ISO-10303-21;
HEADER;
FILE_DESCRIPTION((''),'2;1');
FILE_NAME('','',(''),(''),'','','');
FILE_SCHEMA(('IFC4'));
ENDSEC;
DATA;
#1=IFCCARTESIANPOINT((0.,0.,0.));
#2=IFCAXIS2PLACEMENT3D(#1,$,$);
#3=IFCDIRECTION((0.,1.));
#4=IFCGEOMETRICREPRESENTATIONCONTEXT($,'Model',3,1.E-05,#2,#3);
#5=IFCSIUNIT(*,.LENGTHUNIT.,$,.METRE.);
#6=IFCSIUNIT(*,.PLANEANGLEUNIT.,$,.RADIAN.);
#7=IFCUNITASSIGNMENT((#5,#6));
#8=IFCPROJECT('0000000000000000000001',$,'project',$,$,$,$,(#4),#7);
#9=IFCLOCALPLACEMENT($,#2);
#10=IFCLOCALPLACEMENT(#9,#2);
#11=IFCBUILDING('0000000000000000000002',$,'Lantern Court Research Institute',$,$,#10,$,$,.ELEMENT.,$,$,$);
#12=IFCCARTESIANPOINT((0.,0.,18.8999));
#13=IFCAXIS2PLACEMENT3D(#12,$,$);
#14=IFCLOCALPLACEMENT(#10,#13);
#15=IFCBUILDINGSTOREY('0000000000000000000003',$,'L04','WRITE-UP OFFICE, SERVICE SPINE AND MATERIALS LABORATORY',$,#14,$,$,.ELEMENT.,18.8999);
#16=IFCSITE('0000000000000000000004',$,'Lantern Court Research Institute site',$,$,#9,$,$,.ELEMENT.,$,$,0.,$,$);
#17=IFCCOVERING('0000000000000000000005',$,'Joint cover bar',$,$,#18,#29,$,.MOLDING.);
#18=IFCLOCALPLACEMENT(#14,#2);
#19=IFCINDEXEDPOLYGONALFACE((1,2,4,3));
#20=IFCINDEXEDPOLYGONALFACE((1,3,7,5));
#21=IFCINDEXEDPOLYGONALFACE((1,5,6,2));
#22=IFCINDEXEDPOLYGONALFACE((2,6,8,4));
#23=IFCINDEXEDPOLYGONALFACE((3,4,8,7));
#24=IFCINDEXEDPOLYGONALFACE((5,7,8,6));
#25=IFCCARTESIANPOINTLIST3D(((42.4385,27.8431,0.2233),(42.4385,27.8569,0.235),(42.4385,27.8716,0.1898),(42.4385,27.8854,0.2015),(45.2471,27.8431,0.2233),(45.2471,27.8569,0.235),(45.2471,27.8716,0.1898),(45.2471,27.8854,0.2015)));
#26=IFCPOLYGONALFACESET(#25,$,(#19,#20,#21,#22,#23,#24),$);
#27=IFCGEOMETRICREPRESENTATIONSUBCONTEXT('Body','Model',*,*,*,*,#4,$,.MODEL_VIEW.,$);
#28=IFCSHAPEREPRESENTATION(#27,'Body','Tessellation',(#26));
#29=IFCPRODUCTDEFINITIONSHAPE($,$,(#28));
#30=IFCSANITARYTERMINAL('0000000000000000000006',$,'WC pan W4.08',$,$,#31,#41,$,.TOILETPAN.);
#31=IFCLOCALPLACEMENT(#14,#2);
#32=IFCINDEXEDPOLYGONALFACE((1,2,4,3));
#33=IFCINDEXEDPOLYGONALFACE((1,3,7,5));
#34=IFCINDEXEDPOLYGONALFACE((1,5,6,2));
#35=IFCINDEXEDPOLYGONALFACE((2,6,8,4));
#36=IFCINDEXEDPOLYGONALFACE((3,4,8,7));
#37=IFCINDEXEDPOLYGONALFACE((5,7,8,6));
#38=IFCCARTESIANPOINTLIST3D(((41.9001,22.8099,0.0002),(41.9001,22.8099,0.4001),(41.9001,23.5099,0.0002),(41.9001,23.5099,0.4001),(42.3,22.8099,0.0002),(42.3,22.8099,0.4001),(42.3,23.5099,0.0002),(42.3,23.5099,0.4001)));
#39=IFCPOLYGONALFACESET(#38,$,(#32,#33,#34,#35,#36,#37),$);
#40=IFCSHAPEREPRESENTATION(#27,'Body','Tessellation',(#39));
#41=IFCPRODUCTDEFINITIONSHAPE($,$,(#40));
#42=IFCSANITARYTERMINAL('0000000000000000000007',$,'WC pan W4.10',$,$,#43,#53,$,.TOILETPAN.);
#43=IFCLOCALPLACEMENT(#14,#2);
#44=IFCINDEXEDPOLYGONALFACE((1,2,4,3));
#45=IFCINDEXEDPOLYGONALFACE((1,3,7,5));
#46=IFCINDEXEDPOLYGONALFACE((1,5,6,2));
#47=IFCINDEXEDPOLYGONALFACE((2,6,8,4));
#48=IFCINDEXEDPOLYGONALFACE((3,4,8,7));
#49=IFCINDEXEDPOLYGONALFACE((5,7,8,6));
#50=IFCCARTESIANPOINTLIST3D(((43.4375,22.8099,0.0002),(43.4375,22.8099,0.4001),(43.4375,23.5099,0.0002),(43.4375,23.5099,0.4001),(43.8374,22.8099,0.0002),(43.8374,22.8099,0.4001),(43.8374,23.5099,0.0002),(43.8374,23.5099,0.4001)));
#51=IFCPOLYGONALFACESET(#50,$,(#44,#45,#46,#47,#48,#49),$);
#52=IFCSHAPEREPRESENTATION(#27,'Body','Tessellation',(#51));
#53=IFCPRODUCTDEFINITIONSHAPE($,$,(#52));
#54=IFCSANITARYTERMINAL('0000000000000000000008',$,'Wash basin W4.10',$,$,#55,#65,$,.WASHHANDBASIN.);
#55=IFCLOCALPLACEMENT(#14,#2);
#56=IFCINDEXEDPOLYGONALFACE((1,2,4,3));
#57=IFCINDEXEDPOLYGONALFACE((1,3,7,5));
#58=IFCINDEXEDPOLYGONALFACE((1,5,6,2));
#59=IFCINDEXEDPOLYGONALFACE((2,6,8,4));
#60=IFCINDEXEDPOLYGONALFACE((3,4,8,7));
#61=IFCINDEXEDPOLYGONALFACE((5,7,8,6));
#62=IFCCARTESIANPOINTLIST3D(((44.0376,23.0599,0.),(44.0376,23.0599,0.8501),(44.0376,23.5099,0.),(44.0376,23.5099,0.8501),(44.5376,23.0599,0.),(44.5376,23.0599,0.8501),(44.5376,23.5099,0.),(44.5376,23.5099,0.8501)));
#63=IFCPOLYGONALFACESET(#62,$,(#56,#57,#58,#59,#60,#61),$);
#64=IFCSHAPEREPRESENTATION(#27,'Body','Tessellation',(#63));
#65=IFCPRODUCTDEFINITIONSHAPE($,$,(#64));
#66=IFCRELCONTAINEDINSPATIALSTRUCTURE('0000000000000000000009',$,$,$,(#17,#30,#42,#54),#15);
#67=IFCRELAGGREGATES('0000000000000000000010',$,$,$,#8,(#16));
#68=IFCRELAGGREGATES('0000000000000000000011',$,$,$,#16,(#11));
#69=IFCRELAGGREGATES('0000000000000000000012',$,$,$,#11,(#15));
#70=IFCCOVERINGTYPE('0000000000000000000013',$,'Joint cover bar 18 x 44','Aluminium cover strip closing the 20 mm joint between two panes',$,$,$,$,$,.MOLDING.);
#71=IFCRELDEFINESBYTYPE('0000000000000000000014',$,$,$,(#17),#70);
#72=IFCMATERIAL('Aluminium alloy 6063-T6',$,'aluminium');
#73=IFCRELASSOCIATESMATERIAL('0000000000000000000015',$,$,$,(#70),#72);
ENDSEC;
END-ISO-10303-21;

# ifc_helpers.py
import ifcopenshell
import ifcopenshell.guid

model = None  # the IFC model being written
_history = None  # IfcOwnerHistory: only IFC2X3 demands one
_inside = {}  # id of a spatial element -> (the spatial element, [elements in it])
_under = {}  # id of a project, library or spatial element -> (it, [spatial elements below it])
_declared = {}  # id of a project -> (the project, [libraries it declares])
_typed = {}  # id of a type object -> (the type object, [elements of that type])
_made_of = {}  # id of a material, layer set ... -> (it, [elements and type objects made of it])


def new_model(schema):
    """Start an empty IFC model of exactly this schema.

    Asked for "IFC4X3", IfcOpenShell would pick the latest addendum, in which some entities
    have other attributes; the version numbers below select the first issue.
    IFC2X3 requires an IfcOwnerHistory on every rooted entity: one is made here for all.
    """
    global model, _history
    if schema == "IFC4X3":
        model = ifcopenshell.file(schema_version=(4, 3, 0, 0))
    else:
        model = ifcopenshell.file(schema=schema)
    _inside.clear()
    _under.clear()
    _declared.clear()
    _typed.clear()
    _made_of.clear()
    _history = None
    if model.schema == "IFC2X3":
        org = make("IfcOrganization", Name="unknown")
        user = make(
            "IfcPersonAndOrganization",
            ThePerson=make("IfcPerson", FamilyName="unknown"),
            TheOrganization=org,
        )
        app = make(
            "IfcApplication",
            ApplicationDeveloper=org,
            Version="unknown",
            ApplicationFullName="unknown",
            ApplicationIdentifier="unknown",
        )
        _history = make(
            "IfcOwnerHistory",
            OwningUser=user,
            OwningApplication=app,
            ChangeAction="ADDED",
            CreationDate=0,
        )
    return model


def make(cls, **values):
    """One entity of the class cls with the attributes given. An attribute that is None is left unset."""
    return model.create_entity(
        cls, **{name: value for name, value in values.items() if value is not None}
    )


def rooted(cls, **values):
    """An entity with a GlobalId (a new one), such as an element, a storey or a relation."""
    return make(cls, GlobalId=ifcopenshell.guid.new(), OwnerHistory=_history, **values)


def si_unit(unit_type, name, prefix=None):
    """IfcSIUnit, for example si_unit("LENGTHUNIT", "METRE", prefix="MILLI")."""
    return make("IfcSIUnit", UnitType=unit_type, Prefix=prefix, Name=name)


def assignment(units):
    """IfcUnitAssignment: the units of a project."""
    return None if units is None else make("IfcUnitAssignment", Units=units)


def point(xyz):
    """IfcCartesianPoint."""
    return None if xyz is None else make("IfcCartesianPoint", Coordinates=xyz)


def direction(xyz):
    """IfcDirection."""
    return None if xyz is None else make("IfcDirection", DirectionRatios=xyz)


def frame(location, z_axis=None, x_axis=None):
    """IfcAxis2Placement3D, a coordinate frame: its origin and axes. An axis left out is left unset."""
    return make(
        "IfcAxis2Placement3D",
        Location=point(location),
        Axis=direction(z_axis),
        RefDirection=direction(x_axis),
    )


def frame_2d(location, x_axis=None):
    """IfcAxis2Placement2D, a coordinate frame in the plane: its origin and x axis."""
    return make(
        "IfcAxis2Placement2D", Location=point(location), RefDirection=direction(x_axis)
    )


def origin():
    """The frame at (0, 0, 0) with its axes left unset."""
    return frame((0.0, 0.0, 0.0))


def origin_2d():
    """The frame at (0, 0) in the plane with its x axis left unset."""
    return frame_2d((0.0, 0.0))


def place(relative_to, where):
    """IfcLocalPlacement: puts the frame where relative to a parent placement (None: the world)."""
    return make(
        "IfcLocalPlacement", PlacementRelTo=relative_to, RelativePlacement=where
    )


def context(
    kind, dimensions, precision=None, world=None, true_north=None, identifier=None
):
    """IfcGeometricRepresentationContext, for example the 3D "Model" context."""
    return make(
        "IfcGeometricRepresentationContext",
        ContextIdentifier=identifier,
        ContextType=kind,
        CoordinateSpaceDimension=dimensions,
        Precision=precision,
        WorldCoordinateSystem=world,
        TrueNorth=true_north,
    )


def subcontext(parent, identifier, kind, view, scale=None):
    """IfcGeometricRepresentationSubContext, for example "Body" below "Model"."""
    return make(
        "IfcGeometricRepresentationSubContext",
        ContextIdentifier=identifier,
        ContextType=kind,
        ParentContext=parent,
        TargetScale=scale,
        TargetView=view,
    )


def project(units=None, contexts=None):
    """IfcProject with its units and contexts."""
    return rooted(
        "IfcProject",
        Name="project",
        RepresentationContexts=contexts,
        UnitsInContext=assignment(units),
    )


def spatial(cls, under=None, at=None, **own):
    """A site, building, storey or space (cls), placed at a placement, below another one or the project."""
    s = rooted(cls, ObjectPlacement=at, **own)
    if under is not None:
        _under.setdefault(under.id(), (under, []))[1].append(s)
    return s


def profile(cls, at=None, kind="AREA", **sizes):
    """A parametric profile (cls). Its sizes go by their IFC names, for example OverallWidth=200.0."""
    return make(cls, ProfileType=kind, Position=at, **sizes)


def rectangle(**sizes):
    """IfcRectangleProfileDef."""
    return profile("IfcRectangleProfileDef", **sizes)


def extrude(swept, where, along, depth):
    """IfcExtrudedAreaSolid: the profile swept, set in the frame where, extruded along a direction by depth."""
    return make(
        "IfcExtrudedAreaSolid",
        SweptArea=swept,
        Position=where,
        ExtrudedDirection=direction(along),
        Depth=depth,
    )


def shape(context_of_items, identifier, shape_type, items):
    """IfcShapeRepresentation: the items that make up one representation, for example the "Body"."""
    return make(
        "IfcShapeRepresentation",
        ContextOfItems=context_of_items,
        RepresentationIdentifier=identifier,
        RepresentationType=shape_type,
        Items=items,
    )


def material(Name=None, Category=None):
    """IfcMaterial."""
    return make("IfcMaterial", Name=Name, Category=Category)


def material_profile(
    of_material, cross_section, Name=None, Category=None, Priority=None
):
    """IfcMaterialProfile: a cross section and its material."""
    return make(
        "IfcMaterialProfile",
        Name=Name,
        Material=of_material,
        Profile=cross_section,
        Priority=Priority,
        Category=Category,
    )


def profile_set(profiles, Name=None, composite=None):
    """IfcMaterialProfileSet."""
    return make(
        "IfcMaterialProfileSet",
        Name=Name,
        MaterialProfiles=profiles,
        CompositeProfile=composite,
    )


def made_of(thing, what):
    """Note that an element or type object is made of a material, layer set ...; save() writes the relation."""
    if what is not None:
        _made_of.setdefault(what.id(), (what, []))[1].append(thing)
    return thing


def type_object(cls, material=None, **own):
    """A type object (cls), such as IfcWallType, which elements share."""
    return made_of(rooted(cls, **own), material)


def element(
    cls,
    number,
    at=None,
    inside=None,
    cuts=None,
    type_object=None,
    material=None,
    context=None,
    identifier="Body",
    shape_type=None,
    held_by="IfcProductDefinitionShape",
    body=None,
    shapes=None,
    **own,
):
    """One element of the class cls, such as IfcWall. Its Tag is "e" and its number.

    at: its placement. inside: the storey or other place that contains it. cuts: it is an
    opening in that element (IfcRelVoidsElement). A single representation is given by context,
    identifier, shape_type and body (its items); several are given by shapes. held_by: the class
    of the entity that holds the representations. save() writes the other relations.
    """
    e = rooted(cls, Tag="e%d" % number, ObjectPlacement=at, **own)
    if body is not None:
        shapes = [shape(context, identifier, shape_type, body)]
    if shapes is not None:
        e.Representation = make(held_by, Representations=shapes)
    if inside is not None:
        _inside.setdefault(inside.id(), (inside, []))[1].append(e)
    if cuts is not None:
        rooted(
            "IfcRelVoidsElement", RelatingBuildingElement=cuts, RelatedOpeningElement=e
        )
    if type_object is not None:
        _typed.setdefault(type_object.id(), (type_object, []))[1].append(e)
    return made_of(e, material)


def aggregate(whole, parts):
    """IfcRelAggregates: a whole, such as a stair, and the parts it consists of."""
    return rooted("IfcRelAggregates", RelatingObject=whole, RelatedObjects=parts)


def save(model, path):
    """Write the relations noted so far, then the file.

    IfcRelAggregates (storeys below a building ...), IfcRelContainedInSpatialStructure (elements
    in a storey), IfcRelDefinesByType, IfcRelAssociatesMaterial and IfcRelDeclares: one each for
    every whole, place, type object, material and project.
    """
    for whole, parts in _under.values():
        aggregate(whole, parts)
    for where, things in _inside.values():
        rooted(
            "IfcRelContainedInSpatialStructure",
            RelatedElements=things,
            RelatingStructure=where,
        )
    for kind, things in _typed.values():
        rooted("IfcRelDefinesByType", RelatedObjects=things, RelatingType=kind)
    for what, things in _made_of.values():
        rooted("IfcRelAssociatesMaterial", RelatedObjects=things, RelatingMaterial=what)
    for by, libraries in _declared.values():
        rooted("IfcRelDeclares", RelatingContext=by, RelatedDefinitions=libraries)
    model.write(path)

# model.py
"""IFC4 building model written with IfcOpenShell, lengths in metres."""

from ifc_helpers import new_model, si_unit, direction, frame, origin, origin_2d, place, context, subcontext, project, spatial, rectangle, extrude, material, material_profile, profile_set, type_object, element, save


model = new_model("IFC4")

# Units and contexts
model_context = context("Model", 3, precision=1e-05, world=origin(), true_north=direction((0.0, 1.0)))
body_context = subcontext(model_context, "Body", "Model", "MODEL_VIEW")
ifc_project = project(units=[si_unit("LENGTHUNIT", "METRE"), si_unit("PLANEANGLEUNIT", "RADIAN")], contexts=[model_context])

# Site, building, storey
site_placement = place(None, origin())
site = spatial("IfcSite", under=ifc_project, at=site_placement, Name="Lantern Court Research Institute site", CompositionType="ELEMENT", RefElevation=0.0)
building_placement = place(site_placement, origin())
building = spatial("IfcBuilding", under=site, at=building_placement, Name="Lantern Court Research Institute", CompositionType="ELEMENT")
storey_placement = place(building_placement, frame((0.0, 0.0, 18.8999)))
storey = spatial("IfcBuildingStorey", under=building, at=storey_placement, Name="L04", Description="WRITE-UP OFFICE, SERVICE SPINE AND MATERIALS LABORATORY", CompositionType="ELEMENT", Elevation=18.8999)

# Covering
ifc_material_1 = material(Name="Aluminium alloy 6063-T6", Category="aluminium")
ifc_material_profile_1 = material_profile(ifc_material_1, rectangle(XDim=0.0181, YDim=0.0439, at=origin_2d()), Name="Joint cover bar 18 x 44")
ifc_profile_set_1 = profile_set([ifc_material_profile_1], Name="Aluminium alloy 6063-T6")
covering_type_1 = type_object("IfcCoveringType", Name="Joint cover bar 18 x 44", Description="Aluminium cover strip closing the 20 mm joint between two panes", PredefinedType="MOLDING", material=ifc_profile_set_1)
covering_1_placement = place(storey_placement, frame((42.4385, 27.8643, 0.2124), z_axis=(1.0, 0.0, 0.0), x_axis=(0.0, 0.761673, 0.647962)))
element("IfcCovering", 1, at=covering_1_placement, inside=storey, type_object=covering_type_1, Name="Joint cover bar", PredefinedType="MOLDING", context=body_context, shape_type="SweptSolid", body=[
    extrude(rectangle(XDim=0.0181, YDim=0.0439, at=origin_2d()), origin(), (0.0, 0.0, 1.0), 2.8086),
])

# Sanitary terminals
for number, where, z_axis, x_axis, name in (
    (2, (42.1001, 23.1599, 0.0002), (0.0, 0.0, 1.0), (1.0, 0.0, 0.0), "WC pan W4.08"),
    (3, (43.6375, 23.1599, 0.0002), (0.0, 0.0, 1.0), (1.0, 0.0, 0.0), "WC pan W4.10"),
):
    element("IfcSanitaryTerminal", number, at=place(storey_placement, frame(where, z_axis=z_axis, x_axis=x_axis)), inside=storey, Name=name, PredefinedType="TOILETPAN", context=body_context, shape_type="SweptSolid", body=[
        extrude(rectangle(XDim=0.3999, YDim=0.7, at=origin_2d()), origin(), (0.0, 0.0, 1.0), 0.3999),
    ])
sanitary_terminal_placement = place(storey_placement, frame((44.2876, 23.2849, 0.0), z_axis=(0.0, 0.0, 1.0), x_axis=(1.0, 0.0, 0.0)))
element("IfcSanitaryTerminal", 4, at=sanitary_terminal_placement, inside=storey, Name="Wash basin W4.10", PredefinedType="WASHHANDBASIN", context=body_context, shape_type="SweptSolid", body=[
    extrude(rectangle(XDim=0.5, YDim=0.45, at=origin_2d()), origin(), (0.0, 0.0, 1.0), 0.8501),
])

save(model, "model.ifc")
